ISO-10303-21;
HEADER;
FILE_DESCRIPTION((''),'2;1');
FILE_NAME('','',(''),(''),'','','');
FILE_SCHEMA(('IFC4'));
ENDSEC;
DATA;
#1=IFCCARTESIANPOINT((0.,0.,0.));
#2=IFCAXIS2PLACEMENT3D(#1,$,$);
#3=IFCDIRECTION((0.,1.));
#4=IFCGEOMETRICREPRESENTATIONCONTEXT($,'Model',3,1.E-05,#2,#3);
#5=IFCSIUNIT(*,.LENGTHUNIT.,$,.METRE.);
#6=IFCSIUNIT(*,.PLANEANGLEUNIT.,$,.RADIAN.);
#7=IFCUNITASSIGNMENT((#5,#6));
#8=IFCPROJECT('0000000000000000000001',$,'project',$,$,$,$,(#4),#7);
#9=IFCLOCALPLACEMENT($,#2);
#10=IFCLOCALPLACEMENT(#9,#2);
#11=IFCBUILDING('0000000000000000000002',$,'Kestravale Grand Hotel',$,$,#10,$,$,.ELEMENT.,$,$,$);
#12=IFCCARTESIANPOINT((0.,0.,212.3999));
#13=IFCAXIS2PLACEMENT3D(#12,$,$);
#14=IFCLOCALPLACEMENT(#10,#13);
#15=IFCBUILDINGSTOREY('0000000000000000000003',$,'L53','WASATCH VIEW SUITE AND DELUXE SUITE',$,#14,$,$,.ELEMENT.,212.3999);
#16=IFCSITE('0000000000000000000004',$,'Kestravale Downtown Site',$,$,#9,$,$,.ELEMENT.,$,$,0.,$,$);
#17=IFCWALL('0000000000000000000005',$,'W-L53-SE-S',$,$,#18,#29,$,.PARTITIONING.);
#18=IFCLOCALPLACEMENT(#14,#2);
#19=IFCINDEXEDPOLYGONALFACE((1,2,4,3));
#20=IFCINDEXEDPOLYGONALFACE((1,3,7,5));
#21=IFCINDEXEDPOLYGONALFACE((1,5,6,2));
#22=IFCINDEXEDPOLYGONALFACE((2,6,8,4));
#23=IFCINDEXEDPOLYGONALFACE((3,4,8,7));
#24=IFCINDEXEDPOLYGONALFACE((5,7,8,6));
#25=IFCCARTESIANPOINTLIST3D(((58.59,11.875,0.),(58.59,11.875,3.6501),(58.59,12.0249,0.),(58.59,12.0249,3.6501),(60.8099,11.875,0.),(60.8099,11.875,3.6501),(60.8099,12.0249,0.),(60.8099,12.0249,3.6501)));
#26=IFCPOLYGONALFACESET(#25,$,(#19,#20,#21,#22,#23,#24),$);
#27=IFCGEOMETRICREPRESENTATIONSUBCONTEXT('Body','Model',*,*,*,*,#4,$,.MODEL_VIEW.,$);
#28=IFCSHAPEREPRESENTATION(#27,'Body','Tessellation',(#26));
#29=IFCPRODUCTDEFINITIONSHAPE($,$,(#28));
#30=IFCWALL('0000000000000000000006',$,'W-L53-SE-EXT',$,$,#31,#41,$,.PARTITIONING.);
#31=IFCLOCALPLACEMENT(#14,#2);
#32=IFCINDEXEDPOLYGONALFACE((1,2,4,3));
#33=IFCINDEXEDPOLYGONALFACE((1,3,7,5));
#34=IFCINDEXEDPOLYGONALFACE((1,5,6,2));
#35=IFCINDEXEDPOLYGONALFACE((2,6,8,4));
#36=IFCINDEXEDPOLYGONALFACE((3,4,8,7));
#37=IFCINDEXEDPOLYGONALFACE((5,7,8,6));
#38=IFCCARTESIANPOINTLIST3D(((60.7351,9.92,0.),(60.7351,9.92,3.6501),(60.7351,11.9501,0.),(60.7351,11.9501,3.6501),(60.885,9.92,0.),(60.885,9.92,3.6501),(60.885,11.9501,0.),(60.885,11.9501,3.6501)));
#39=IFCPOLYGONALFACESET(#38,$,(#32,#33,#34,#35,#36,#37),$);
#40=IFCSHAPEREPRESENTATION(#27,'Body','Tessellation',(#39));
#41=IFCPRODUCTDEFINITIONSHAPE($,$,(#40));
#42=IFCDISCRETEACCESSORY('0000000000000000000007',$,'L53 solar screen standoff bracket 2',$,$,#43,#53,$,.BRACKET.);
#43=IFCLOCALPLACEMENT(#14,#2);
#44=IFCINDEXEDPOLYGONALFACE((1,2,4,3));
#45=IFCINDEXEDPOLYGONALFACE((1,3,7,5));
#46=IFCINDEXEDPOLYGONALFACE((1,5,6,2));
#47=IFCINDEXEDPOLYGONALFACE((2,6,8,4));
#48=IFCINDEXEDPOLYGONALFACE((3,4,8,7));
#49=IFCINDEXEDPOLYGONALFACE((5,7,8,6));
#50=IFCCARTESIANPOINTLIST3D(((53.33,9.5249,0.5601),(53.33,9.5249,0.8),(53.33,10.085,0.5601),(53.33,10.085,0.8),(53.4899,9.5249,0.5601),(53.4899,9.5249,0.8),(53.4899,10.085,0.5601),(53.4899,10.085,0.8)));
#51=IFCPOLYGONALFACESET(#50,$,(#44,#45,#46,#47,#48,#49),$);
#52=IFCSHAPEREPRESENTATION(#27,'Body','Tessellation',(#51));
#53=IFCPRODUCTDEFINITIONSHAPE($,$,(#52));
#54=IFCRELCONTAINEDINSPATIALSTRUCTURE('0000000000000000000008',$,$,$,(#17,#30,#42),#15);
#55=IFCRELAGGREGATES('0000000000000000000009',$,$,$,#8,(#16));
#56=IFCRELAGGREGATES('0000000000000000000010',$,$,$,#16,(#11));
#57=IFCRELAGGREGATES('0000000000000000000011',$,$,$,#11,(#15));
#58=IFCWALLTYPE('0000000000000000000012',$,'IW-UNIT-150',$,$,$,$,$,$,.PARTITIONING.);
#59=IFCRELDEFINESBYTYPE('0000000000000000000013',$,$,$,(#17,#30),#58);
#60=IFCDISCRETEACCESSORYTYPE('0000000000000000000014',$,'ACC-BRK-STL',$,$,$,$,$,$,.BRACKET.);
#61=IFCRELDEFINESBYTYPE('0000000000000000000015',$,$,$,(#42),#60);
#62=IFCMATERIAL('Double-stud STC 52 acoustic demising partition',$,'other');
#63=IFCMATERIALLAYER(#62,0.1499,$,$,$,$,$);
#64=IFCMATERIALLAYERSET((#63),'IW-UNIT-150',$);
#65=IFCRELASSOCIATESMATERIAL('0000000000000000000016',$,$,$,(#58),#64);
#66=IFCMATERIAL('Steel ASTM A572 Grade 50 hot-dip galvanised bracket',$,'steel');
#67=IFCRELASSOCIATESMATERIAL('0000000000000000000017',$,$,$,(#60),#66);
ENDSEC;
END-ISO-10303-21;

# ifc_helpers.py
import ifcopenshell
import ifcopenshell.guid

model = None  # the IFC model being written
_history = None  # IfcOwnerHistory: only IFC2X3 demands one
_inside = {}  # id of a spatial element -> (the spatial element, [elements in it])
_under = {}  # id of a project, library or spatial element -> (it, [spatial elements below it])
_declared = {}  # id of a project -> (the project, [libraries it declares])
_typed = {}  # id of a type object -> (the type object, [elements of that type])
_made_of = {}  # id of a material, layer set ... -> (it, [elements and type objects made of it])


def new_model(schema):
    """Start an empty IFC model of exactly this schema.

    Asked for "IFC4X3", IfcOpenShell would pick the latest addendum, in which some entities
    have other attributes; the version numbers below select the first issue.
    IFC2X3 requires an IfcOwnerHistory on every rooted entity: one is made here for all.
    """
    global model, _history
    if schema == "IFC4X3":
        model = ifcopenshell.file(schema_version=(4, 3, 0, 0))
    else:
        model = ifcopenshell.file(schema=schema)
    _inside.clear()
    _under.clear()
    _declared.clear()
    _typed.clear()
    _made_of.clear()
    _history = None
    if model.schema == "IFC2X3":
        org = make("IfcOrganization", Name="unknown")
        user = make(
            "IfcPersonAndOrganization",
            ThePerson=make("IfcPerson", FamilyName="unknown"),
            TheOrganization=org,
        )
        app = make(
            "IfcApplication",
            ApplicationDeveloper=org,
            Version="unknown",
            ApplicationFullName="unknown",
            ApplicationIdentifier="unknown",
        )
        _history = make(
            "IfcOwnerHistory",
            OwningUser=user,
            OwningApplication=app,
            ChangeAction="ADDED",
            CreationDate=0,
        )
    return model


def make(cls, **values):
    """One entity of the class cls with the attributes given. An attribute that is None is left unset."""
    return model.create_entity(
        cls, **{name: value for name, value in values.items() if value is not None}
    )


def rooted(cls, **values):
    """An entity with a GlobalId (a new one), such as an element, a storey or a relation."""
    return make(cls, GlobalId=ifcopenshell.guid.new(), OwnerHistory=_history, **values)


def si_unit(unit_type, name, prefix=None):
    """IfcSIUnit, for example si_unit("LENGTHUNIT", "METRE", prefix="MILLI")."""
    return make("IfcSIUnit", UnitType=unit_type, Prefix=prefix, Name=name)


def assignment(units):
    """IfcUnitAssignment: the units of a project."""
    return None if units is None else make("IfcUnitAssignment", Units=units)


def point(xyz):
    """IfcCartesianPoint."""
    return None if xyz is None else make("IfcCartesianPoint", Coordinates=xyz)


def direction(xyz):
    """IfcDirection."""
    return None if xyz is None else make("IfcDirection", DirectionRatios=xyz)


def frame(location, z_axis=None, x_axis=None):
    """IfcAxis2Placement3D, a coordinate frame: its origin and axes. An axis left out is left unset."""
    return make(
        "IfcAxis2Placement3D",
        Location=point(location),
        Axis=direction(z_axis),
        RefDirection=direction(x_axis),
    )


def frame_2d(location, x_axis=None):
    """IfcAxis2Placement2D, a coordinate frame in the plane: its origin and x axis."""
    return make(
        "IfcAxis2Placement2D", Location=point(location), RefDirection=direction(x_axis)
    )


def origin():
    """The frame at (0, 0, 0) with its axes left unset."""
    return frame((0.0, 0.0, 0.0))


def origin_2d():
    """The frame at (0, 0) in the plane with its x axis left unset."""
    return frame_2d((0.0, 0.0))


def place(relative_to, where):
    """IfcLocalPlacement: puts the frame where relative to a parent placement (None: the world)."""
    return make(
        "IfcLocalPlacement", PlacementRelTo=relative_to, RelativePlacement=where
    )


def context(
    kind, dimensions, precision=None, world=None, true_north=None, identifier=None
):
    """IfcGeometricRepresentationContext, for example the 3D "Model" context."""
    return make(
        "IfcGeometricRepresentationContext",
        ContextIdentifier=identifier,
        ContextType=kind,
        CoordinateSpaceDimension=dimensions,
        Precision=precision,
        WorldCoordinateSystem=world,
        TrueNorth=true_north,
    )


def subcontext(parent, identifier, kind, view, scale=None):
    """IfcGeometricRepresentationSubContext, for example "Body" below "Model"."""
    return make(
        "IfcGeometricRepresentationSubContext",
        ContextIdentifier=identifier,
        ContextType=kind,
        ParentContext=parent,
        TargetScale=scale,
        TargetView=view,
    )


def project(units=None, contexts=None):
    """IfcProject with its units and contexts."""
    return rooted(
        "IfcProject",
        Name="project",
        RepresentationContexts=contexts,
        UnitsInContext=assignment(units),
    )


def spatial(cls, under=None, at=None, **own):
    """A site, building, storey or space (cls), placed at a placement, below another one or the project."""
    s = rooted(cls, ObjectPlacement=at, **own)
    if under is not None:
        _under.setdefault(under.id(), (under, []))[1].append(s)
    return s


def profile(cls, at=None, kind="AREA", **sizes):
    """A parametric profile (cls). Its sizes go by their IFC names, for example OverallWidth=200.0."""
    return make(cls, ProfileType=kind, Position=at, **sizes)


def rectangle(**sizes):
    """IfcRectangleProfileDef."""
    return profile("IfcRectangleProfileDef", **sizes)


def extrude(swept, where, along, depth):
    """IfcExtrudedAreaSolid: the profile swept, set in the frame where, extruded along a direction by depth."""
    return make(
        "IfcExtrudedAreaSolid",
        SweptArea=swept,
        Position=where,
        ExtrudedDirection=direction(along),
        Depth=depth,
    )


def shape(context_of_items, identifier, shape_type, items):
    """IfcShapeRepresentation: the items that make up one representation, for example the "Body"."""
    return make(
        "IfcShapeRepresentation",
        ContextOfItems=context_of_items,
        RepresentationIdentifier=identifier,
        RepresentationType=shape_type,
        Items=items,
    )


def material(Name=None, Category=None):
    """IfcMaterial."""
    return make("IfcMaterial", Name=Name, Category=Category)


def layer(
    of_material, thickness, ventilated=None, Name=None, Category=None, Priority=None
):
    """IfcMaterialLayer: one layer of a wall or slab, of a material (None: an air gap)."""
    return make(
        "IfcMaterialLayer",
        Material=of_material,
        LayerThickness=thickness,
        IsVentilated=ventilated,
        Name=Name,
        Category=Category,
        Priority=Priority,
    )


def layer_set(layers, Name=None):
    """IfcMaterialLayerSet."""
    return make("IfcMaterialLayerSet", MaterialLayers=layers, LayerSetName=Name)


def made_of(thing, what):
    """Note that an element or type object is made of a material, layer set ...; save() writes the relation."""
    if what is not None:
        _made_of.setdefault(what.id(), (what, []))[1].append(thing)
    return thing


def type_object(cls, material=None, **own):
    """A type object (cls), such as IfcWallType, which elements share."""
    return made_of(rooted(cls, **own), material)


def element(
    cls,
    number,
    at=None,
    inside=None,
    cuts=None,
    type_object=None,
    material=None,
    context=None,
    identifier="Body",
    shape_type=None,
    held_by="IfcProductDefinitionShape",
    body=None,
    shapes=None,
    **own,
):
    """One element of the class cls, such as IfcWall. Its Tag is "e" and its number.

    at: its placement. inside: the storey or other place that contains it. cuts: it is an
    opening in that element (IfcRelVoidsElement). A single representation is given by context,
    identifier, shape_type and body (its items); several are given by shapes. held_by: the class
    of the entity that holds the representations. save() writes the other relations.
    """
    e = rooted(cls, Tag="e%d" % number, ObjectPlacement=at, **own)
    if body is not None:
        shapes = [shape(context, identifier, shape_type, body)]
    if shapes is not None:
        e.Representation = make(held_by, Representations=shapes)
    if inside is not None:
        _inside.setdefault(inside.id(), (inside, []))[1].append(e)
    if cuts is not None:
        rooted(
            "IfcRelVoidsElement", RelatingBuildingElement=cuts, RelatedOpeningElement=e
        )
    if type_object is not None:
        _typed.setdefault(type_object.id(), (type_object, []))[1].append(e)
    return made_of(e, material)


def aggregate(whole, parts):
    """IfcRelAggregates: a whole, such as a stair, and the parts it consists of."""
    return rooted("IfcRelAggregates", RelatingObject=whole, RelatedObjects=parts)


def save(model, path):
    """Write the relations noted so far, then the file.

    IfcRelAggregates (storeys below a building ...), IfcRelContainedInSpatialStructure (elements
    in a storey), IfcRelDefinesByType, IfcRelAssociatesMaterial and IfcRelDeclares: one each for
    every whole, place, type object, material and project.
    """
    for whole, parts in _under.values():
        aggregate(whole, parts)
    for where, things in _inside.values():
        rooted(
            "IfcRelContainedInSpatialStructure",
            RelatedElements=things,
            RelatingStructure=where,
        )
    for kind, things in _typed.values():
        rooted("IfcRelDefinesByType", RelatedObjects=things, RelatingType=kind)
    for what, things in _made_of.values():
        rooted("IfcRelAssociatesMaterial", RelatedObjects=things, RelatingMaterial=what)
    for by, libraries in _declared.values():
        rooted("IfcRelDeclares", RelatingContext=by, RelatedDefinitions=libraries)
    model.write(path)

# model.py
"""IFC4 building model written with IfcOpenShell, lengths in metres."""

from ifc_helpers import new_model, si_unit, direction, frame, frame_2d, origin, origin_2d, place, context, subcontext, project, spatial, rectangle, extrude, material, layer, layer_set, type_object, element, save


model = new_model("IFC4")

# Units and contexts
model_context = context("Model", 3, precision=1e-05, world=origin(), true_north=direction((0.0, 1.0)))
body_context = subcontext(model_context, "Body", "Model", "MODEL_VIEW")
ifc_project = project(units=[si_unit("LENGTHUNIT", "METRE"), si_unit("PLANEANGLEUNIT", "RADIAN")], contexts=[model_context])

# Site, building, storey
site_placement = place(None, origin())
site = spatial("IfcSite", under=ifc_project, at=site_placement, Name="Kestravale Downtown Site", CompositionType="ELEMENT", RefElevation=0.0)
building_placement = place(site_placement, origin())
building = spatial("IfcBuilding", under=site, at=building_placement, Name="Kestravale Grand Hotel", CompositionType="ELEMENT")
storey_placement = place(building_placement, frame((0.0, 0.0, 212.3999)))
storey = spatial("IfcBuildingStorey", under=building, at=storey_placement, Name="L53", Description="WASATCH VIEW SUITE AND DELUXE SUITE", CompositionType="ELEMENT", Elevation=212.3999)

# Walls
ifc_material_1 = material(Name="Double-stud STC 52 acoustic demising partition", Category="other")
ifc_layer_1 = layer(ifc_material_1, 0.1499)
ifc_layer_set_1 = layer_set([ifc_layer_1], Name="IW-UNIT-150")
wall_type_1 = type_object("IfcWallType", Name="IW-UNIT-150", PredefinedType="PARTITIONING", material=ifc_layer_set_1)
wall_1_placement = place(storey_placement, frame((58.5901, 11.95, 0.0), z_axis=(0.0, 0.0, 1.0), x_axis=(1.0, 0.0, 0.0)))
element("IfcWall", 1, at=wall_1_placement, inside=storey, type_object=wall_type_1, Name="W-L53-SE-S", PredefinedType="PARTITIONING", context=body_context, shape_type="SweptSolid", body=[
    extrude(rectangle(XDim=2.22, YDim=0.1499, at=frame_2d((1.1099, 0.0))), origin(), (0.0, 0.0, 1.0), 3.6501),
])
wall_2_placement = place(storey_placement, frame((60.8101, 9.9199, 0.0), z_axis=(0.0, 0.0, 1.0), x_axis=(0.0, 1.0, 0.0)))
element("IfcWall", 2, at=wall_2_placement, inside=storey, type_object=wall_type_1, Name="W-L53-SE-EXT", PredefinedType="PARTITIONING", context=body_context, shape_type="SweptSolid", body=[
    extrude(rectangle(XDim=2.03, YDim=0.1499, at=frame_2d((1.0151, 0.0))), origin(), (0.0, 0.0, 1.0), 3.6501),
])

# Discrete accessory
ifc_material_2 = material(Name="Steel ASTM A572 Grade 50 hot-dip galvanised bracket", Category="steel")
discrete_accessory_type = type_object("IfcDiscreteAccessoryType", Name="ACC-BRK-STL", PredefinedType="BRACKET", material=ifc_material_2)
discrete_accessory_placement = place(storey_placement, frame((53.4099, 9.8049, 0.5601), z_axis=(0.0, 0.0, 1.0), x_axis=(1.0, 0.0, 0.0)))
element("IfcDiscreteAccessory", 3, at=discrete_accessory_placement, inside=storey, type_object=discrete_accessory_type, Name="L53 solar screen standoff bracket 2", PredefinedType="BRACKET", context=body_context, shape_type="SweptSolid", body=[
    extrude(rectangle(XDim=0.1599, YDim=0.5601, at=origin_2d()), origin(), (0.0, 0.0, 1.0), 0.24),
])

save(model, "model.ifc")
